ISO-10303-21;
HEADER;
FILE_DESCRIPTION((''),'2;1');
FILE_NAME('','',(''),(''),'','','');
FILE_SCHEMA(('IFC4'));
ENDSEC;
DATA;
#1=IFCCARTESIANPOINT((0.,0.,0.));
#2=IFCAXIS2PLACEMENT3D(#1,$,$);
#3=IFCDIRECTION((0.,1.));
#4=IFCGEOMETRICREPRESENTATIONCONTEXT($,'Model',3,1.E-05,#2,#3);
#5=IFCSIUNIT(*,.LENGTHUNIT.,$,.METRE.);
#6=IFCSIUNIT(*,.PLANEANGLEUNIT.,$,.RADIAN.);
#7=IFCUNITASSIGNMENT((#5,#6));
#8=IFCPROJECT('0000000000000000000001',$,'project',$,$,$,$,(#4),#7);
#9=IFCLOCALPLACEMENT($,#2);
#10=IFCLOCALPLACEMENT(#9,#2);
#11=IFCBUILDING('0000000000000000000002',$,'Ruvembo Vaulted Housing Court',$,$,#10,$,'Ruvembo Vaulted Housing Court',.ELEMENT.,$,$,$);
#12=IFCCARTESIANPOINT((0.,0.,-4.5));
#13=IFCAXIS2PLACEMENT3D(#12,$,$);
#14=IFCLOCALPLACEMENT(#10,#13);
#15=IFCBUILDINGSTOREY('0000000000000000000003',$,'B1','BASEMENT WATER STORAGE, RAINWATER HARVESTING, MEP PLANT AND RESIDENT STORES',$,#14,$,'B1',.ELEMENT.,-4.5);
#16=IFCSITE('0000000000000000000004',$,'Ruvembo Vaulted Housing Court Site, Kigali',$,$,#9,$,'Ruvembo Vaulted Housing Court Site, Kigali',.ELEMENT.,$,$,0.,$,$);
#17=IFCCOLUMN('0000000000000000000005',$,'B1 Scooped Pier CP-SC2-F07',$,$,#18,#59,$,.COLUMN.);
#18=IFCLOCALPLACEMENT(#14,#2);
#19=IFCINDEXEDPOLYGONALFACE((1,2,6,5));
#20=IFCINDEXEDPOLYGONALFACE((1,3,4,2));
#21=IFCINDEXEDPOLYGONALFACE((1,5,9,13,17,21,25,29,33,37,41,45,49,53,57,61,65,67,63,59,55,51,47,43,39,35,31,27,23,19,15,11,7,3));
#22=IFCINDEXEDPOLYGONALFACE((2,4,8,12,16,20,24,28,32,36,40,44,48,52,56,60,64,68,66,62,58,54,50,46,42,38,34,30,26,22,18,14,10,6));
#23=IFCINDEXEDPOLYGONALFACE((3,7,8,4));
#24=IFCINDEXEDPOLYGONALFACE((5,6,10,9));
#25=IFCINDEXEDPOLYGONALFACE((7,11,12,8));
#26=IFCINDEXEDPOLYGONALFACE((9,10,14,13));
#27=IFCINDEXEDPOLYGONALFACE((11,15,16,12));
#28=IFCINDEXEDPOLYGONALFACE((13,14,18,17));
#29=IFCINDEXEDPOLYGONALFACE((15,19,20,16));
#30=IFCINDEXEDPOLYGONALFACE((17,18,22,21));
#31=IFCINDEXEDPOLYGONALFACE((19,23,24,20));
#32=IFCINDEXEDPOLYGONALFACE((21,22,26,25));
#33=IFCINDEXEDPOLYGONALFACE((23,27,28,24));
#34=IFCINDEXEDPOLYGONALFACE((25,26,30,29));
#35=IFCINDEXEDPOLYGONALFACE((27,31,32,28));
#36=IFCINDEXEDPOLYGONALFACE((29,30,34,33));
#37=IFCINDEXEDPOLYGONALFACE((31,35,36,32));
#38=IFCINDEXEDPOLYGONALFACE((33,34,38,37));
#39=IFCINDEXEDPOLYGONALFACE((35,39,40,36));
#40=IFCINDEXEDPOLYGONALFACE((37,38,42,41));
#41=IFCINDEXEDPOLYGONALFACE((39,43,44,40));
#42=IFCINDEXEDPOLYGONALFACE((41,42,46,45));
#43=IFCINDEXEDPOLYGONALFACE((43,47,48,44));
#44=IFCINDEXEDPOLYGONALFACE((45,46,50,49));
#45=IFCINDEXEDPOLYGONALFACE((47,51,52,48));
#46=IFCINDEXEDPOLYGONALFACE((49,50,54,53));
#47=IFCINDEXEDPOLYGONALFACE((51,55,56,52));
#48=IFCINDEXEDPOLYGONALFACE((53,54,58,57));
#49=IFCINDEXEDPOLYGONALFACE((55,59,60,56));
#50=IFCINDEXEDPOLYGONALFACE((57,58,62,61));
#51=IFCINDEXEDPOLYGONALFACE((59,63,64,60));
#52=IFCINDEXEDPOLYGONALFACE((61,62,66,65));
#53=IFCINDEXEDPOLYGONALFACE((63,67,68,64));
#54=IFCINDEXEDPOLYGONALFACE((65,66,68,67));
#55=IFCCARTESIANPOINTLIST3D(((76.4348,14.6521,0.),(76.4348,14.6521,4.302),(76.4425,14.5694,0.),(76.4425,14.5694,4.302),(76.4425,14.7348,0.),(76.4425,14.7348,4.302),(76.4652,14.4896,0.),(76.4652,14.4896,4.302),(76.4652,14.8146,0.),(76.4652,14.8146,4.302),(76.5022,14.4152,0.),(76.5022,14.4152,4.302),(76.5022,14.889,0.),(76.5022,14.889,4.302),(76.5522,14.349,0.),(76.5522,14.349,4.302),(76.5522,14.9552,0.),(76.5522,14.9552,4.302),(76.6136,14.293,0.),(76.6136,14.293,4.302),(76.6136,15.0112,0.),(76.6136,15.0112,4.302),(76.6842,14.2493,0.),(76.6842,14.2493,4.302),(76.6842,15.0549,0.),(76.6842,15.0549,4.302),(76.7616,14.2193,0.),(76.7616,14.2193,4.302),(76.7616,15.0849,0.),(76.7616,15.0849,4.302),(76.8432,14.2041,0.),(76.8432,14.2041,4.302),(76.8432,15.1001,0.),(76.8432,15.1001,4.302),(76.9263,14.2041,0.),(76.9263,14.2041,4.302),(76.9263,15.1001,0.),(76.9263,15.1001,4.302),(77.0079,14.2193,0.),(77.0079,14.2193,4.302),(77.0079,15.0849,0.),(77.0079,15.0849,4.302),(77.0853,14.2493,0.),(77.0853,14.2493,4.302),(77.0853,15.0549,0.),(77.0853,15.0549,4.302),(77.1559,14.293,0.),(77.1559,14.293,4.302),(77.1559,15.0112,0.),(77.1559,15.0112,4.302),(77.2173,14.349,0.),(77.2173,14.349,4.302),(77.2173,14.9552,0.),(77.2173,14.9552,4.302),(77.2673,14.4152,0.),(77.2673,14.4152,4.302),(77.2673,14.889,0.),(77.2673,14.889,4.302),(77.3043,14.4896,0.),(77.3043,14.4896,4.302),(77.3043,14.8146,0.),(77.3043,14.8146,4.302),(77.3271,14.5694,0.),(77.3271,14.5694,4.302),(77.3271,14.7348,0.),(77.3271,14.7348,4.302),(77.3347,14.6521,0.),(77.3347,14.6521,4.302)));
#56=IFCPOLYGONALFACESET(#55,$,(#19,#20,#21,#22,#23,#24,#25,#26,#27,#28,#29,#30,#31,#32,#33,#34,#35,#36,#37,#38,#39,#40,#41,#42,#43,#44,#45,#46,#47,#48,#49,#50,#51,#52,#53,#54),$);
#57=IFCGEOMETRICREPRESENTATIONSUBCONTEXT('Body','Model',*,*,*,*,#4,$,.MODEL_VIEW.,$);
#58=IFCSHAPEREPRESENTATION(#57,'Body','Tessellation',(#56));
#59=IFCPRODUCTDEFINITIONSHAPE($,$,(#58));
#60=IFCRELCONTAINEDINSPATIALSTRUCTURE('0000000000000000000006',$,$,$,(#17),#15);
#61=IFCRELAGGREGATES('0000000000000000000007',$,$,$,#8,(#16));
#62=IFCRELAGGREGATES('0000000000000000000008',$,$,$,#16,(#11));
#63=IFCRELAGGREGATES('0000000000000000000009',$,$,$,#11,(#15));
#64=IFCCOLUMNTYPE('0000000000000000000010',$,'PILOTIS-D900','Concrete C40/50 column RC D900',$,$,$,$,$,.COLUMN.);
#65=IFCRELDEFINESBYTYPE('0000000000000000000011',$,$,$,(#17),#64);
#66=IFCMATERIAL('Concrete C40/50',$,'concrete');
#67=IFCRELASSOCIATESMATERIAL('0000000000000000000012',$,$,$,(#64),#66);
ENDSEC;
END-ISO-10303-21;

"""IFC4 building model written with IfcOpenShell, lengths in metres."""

from ifc_helpers import new_model, si_unit, direction, frame, origin, origin_2d, place, context, subcontext, project, spatial, circle, extrude, material, material_profile, profile_set, type_object, element, save


model = new_model("IFC4")

# Units and contexts
model_context = context("Model", 3, precision=1e-05, world=origin(), true_north=direction((0.0, 1.0)))
body_context = subcontext(model_context, "Body", "Model", "MODEL_VIEW")
ifc_project = project(units=[si_unit("LENGTHUNIT", "METRE"), si_unit("PLANEANGLEUNIT", "RADIAN")], contexts=[model_context])

# Site, building, storey
site_placement = place(None, origin())
site = spatial("IfcSite", under=ifc_project, at=site_placement, Name="Ruvembo Vaulted Housing Court Site, Kigali", LongName="Ruvembo Vaulted Housing Court Site, Kigali", CompositionType="ELEMENT", RefElevation=0.0)
building_placement = place(site_placement, origin())
building = spatial("IfcBuilding", under=site, at=building_placement, Name="Ruvembo Vaulted Housing Court", LongName="Ruvembo Vaulted Housing Court", CompositionType="ELEMENT")
storey_placement = place(building_placement, frame((0.0, 0.0, -4.5)))
storey = spatial("IfcBuildingStorey", under=building, at=storey_placement, Name="B1", Description="BASEMENT WATER STORAGE, RAINWATER HARVESTING, MEP PLANT AND RESIDENT STORES", LongName="B1", CompositionType="ELEMENT", Elevation=-4.5)

# Column
ifc_material_1 = material(Name="Concrete C40/50", Category="concrete")
ifc_material_profile_1 = material_profile(ifc_material_1, circle(Radius=0.45, at=origin_2d()), Name="RC D900")
ifc_profile_set_1 = profile_set([ifc_material_profile_1], Name="Concrete C40/50")
column_type_1 = type_object("IfcColumnType", Name="PILOTIS-D900", Description="Concrete C40/50 column RC D900", PredefinedType="COLUMN", material=ifc_profile_set_1)
for number, where, z_axis, x_axis, name in (
    (1, (76.8848, 14.6521, 0.0), (0.0, 0.0, 1.0), (1.0, 0.0, 0.0), "B1 Scooped Pier CP-SC2-F07"),
):
    element("IfcColumn", number, at=place(storey_placement, frame(where, z_axis=z_axis, x_axis=x_axis)), inside=storey, type_object=column_type_1, Name=name, PredefinedType="COLUMN", context=body_context, shape_type="SweptSolid", body=[
        extrude(circle(Radius=0.45, at=origin_2d()), origin(), (0.0, 0.0, 1.0), 4.302),
    ])

save(model, "model.ifc")
